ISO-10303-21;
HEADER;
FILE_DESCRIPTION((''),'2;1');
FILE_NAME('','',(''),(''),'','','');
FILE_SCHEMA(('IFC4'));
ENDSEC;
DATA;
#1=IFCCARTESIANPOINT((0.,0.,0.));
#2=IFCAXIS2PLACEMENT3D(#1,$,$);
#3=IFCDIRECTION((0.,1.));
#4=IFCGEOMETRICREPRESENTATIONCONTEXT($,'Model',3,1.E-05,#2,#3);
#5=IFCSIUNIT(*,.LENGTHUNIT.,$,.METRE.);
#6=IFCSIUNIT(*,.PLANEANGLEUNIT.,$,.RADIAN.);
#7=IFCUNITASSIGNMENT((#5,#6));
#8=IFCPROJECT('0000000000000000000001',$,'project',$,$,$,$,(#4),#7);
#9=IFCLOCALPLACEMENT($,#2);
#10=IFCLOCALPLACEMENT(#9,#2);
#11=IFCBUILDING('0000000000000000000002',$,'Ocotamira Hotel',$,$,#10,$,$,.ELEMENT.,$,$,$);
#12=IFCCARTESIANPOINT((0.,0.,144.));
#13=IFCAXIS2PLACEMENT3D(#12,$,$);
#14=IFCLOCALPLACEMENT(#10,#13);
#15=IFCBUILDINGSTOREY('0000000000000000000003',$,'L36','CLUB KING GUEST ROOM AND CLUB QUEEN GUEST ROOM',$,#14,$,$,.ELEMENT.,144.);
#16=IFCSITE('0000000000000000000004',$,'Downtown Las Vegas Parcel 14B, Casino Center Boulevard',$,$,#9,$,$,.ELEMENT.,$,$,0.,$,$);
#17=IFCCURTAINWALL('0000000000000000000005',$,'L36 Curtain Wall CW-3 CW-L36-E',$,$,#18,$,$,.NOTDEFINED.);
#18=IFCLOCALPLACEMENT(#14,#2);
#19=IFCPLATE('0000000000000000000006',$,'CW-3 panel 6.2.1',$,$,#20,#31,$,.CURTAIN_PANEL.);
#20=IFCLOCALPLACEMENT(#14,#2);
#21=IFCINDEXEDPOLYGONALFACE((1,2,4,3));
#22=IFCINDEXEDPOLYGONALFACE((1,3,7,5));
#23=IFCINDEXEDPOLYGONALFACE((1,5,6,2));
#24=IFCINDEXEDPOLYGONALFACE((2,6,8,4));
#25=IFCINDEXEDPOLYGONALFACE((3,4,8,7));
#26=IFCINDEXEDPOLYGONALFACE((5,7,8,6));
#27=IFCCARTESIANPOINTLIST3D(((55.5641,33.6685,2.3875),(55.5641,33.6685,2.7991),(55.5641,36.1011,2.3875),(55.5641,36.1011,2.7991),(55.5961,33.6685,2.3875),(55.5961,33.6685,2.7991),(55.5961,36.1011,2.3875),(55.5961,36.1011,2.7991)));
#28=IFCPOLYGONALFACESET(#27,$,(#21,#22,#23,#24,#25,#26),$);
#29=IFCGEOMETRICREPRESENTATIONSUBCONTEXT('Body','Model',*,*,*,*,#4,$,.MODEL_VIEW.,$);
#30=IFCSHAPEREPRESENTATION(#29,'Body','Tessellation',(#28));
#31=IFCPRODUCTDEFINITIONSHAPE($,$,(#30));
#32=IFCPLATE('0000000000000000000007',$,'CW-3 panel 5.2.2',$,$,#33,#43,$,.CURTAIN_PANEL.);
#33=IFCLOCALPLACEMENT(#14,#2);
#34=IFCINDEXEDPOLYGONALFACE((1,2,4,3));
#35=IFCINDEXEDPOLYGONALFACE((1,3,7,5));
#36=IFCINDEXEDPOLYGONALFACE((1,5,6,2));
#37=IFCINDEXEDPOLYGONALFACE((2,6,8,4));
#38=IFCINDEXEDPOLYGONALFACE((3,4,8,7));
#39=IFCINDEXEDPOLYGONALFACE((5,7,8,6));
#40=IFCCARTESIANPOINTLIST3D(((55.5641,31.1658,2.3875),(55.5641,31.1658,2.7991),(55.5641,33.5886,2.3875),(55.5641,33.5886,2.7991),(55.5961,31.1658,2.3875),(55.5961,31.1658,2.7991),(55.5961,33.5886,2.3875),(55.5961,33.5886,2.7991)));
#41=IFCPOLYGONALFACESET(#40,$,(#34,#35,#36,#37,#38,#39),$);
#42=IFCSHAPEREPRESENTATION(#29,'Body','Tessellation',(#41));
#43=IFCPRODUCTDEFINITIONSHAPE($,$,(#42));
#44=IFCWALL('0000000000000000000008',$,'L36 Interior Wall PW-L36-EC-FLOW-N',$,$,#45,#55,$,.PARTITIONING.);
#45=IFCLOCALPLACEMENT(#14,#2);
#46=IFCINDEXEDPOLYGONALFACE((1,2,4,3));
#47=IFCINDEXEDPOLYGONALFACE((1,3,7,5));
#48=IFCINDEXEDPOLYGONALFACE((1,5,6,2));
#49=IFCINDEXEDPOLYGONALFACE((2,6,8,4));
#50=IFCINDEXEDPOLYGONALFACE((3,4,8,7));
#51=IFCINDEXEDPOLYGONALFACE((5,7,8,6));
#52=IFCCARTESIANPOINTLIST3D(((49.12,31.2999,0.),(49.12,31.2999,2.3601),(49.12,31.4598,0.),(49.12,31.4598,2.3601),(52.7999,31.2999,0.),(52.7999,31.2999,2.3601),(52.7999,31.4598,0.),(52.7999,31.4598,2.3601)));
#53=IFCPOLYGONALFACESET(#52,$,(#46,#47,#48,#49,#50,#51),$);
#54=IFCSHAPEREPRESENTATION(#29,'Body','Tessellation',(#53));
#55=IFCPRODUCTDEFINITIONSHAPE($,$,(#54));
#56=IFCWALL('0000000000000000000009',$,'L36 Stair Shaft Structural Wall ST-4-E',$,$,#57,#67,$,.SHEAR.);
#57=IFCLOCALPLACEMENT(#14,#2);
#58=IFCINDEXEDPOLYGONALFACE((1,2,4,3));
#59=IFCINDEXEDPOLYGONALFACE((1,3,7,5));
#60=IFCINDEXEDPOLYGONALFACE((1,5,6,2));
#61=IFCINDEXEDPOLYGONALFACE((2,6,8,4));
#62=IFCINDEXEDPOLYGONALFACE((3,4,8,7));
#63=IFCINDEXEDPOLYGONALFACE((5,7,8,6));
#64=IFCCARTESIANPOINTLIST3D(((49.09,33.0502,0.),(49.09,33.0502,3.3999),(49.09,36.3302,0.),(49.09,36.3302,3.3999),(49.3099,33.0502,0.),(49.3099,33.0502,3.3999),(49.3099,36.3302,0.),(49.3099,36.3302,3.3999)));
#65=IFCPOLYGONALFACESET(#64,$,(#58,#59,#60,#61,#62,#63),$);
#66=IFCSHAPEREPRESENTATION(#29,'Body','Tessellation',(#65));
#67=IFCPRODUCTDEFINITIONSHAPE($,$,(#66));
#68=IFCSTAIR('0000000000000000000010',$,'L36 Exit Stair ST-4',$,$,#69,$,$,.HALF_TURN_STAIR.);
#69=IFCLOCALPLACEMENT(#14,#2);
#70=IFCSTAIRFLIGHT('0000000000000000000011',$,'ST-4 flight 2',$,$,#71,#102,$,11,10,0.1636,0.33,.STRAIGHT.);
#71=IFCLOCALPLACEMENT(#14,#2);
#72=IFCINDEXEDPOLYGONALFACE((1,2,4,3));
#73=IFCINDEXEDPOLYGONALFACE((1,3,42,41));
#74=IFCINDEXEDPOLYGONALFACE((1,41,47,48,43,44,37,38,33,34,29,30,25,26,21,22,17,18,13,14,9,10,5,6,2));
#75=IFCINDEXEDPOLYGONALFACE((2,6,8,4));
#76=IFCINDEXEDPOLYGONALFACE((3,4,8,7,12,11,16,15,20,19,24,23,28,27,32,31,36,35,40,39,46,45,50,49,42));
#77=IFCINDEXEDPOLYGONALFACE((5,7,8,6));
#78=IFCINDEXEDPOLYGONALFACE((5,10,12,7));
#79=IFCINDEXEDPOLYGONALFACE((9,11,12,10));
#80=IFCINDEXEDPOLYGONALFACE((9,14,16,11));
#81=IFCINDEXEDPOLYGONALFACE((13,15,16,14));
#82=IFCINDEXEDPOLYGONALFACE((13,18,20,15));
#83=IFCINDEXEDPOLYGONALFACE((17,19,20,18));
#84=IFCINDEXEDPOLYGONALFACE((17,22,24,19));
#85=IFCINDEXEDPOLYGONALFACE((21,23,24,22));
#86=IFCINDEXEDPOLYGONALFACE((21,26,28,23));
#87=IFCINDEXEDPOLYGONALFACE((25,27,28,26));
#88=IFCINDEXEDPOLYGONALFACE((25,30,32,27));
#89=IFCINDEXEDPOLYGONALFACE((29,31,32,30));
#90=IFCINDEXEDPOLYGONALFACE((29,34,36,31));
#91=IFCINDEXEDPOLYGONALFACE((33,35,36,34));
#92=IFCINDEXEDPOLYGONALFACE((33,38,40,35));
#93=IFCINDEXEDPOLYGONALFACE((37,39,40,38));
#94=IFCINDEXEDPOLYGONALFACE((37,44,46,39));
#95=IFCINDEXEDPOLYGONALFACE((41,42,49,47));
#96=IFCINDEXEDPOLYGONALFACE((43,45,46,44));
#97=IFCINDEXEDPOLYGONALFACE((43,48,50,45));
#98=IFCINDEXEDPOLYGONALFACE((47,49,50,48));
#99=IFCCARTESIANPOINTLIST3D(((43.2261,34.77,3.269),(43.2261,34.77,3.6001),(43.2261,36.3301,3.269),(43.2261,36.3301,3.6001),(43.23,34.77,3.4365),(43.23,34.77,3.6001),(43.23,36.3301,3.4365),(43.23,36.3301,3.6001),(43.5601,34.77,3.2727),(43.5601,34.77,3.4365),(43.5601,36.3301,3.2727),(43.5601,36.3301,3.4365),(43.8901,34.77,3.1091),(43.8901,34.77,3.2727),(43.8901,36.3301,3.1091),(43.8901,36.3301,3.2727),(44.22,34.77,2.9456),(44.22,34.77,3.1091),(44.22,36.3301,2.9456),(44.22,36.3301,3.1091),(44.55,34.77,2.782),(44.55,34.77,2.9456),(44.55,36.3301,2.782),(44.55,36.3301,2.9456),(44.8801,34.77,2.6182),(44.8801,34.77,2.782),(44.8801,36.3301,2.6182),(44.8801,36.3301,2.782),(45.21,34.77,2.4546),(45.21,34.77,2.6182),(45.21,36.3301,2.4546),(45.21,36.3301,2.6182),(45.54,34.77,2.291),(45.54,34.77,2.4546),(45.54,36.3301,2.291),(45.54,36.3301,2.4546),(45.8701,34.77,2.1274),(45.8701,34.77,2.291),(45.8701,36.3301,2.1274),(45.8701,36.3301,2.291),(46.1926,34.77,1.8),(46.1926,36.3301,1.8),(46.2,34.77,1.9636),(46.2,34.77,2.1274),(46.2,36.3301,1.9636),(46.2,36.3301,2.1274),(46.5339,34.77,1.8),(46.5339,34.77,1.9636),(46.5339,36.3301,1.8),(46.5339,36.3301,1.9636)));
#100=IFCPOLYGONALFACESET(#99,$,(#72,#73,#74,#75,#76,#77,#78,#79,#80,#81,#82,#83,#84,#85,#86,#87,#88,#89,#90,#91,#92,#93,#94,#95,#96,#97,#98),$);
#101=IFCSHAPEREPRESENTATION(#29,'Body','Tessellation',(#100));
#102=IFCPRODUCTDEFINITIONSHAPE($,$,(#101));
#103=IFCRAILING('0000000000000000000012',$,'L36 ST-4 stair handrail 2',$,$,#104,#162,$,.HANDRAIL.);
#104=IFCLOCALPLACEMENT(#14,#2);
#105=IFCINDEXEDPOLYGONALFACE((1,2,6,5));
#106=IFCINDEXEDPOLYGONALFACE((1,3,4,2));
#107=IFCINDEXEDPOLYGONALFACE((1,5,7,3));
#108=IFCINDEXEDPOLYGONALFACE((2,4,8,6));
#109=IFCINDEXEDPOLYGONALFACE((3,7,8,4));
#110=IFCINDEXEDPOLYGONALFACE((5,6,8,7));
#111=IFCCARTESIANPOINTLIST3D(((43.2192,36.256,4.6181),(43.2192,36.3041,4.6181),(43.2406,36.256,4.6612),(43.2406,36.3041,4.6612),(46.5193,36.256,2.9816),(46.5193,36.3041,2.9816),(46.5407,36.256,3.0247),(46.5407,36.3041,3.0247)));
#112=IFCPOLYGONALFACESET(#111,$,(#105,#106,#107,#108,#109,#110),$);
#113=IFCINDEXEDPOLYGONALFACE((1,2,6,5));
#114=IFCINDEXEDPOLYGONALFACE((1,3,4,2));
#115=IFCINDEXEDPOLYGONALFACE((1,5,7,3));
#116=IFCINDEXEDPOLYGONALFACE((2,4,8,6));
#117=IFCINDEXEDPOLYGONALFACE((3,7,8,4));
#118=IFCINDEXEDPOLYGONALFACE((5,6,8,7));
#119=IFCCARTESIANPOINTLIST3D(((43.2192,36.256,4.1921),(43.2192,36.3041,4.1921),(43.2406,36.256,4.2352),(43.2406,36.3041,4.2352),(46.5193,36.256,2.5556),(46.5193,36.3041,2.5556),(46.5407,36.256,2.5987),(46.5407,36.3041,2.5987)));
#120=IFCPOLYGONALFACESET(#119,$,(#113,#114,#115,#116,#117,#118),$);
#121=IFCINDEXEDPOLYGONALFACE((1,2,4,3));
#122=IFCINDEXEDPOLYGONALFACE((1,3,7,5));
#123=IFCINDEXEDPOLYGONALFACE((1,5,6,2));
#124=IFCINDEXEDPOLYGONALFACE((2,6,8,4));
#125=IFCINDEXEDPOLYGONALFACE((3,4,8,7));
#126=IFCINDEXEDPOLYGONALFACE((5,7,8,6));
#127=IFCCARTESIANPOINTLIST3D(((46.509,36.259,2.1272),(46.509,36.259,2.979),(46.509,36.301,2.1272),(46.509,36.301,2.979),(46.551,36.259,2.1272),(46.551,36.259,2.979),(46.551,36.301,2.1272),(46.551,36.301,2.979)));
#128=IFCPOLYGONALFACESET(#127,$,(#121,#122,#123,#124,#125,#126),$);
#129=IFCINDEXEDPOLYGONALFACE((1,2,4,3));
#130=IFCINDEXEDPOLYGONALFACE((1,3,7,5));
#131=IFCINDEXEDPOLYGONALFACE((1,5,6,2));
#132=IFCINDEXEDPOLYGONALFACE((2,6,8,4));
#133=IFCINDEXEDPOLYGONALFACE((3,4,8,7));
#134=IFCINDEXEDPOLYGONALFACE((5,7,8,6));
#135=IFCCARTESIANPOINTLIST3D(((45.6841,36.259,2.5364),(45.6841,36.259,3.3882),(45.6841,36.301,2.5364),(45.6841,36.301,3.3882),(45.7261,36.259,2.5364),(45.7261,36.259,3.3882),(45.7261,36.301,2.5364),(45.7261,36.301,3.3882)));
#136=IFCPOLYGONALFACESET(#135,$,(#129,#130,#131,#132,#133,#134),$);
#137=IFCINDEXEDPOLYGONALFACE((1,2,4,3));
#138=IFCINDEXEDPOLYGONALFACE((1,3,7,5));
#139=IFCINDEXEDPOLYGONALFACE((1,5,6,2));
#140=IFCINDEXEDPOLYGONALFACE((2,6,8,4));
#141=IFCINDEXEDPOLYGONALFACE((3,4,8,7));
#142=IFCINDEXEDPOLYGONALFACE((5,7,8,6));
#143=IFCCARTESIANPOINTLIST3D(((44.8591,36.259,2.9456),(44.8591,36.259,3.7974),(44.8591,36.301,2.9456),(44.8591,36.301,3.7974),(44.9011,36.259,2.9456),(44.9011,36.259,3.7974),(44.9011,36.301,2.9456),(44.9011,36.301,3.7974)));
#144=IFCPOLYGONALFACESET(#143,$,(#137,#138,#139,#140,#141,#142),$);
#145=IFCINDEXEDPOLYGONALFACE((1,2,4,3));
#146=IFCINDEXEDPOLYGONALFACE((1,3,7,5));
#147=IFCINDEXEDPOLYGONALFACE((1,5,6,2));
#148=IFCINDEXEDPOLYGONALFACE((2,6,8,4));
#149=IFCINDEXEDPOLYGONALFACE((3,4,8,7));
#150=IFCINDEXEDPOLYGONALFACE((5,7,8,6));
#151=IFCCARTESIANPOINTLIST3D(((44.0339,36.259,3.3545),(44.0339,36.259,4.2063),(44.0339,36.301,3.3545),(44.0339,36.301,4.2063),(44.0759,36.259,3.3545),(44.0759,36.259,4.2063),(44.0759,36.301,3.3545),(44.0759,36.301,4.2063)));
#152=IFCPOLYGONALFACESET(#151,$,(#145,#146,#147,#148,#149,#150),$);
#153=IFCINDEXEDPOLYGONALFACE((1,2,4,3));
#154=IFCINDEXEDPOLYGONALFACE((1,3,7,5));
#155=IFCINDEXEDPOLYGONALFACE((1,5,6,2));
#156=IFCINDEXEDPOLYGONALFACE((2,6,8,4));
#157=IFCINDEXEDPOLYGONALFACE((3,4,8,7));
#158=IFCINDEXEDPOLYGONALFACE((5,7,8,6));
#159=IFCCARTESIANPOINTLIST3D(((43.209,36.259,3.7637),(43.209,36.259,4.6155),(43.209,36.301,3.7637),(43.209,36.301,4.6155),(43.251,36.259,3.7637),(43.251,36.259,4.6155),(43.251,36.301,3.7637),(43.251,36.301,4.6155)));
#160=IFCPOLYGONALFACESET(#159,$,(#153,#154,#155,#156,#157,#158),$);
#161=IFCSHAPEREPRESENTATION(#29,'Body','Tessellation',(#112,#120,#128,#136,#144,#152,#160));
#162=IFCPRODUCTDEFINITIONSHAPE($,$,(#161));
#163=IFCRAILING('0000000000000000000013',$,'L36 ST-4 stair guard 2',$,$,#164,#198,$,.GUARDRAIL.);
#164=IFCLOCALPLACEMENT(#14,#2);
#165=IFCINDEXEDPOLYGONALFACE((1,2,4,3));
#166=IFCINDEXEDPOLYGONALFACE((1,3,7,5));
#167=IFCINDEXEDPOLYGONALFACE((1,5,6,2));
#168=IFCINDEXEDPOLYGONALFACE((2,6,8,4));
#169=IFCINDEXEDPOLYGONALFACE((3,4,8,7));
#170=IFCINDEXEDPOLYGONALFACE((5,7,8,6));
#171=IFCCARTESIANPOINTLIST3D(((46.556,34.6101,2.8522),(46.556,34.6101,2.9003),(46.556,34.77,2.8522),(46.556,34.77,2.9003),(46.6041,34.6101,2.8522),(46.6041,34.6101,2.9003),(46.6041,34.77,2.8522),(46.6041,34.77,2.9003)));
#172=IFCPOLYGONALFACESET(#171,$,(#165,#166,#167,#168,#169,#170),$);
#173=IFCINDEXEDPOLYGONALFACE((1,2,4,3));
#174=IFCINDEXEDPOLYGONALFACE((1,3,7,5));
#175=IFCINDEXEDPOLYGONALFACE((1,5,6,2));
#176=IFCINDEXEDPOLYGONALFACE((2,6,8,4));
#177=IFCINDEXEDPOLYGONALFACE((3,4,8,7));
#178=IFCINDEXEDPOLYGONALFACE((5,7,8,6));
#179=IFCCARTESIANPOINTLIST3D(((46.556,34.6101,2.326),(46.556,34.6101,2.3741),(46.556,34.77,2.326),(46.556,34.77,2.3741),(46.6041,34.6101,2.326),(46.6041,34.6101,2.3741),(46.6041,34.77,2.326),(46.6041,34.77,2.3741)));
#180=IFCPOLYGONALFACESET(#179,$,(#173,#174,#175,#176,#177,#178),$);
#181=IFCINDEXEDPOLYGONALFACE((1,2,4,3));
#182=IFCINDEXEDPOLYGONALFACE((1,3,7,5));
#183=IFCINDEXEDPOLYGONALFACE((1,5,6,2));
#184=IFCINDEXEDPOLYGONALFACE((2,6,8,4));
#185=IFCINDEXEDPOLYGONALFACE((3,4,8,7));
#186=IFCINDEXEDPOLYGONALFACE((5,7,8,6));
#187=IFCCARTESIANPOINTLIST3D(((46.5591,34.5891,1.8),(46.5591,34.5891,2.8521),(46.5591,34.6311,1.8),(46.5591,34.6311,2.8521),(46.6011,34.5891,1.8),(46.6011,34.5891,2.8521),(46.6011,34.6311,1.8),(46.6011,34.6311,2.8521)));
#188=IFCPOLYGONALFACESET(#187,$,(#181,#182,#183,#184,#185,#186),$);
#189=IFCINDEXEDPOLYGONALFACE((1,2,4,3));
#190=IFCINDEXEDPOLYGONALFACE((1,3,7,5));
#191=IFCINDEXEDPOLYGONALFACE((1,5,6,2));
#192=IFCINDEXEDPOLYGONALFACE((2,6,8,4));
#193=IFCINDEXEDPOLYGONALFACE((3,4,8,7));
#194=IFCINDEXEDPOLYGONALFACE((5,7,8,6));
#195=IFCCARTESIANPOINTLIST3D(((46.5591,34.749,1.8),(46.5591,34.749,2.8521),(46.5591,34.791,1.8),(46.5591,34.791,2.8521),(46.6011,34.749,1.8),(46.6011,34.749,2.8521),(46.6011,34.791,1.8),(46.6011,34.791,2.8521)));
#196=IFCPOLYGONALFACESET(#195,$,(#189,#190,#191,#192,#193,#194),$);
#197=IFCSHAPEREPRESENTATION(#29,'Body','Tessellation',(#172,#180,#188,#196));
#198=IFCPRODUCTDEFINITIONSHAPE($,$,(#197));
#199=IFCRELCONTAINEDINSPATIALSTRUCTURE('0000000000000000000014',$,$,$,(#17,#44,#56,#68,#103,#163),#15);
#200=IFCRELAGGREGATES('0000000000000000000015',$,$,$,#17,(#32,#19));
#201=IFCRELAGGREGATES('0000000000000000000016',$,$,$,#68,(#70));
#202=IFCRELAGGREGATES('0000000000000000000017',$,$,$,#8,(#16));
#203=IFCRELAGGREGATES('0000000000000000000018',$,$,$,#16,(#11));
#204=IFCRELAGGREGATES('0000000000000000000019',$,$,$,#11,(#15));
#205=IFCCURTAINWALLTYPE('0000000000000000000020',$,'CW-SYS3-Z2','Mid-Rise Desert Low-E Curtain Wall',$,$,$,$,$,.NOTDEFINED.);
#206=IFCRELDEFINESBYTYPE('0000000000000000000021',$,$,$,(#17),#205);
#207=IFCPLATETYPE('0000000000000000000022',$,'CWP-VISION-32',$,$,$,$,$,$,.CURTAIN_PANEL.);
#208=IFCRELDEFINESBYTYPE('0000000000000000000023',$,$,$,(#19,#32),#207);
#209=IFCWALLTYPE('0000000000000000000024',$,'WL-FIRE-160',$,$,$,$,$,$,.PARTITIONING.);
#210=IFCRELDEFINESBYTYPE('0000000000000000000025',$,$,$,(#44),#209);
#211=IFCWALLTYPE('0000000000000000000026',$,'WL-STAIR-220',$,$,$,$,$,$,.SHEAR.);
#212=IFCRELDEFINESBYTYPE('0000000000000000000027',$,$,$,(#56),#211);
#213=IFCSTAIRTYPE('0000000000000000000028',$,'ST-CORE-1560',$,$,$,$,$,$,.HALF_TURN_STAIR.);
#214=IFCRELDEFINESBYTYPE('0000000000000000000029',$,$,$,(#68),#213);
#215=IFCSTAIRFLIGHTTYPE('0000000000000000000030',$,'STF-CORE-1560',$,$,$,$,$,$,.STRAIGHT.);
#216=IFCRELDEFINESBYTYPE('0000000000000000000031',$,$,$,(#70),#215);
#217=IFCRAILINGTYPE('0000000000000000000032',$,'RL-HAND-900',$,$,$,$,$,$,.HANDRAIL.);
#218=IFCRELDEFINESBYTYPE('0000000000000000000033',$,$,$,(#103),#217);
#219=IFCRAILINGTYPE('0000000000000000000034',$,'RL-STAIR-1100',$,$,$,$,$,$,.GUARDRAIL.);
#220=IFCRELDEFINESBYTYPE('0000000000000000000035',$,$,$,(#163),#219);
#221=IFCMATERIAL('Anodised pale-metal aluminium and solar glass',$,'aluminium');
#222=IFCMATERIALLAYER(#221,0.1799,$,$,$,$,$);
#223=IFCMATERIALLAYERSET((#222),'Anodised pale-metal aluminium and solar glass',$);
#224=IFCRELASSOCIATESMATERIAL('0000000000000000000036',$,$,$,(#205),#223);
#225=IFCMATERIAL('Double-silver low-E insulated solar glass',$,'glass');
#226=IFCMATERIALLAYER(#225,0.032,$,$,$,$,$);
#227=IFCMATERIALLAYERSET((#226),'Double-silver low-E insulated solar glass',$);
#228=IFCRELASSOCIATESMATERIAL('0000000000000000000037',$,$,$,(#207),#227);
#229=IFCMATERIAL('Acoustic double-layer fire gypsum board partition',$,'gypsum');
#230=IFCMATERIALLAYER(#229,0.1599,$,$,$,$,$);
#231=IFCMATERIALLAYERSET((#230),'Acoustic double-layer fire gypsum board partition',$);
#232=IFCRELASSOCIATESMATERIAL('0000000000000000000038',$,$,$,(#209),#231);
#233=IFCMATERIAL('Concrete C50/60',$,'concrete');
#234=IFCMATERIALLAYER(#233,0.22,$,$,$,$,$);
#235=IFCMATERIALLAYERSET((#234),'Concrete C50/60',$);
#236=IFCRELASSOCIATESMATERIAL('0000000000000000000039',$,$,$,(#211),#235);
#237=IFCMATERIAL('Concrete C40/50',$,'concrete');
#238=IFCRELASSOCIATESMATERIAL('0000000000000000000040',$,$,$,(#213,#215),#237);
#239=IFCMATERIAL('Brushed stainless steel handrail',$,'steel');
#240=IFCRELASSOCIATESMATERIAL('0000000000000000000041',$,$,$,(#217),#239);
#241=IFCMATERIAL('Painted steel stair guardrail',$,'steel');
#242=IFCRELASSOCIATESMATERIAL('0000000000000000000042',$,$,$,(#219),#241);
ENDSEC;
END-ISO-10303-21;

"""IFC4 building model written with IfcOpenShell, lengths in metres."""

from ifc_helpers import new_model, si_unit, direction, frame, frame_2d, origin, origin_2d, place, context, subcontext, project, spatial, polyline, rectangle, outline, extrude, source, transform, mapped, material, layer, layer_set, type_object, element, aggregate, save


model = new_model("IFC4")

# Units and contexts
model_context = context("Model", 3, precision=1e-05, world=origin(), true_north=direction((0.0, 1.0)))
body_context = subcontext(model_context, "Body", "Model", "MODEL_VIEW")
ifc_project = project(units=[si_unit("LENGTHUNIT", "METRE"), si_unit("PLANEANGLEUNIT", "RADIAN")], contexts=[model_context])

# Site, building, storey
site_placement = place(None, origin())
site = spatial("IfcSite", under=ifc_project, at=site_placement, Name="Downtown Las Vegas Parcel 14B, Casino Center Boulevard", CompositionType="ELEMENT", RefElevation=0.0)
building_placement = place(site_placement, origin())
building = spatial("IfcBuilding", under=site, at=building_placement, Name="Ocotamira Hotel", CompositionType="ELEMENT")
storey_placement = place(building_placement, frame((0.0, 0.0, 144.0)))
storey = spatial("IfcBuildingStorey", under=building, at=storey_placement, Name="L36", Description="CLUB KING GUEST ROOM AND CLUB QUEEN GUEST ROOM", CompositionType="ELEMENT", Elevation=144.0)

# Curtain wall
ifc_material_1 = material(Name="Anodised pale-metal aluminium and solar glass", Category="aluminium")
ifc_layer_1 = layer(ifc_material_1, 0.1799)
ifc_layer_set_1 = layer_set([ifc_layer_1], Name="Anodised pale-metal aluminium and solar glass")
curtain_wall_type = type_object("IfcCurtainWallType", Name="CW-SYS3-Z2", Description="Mid-Rise Desert Low-E Curtain Wall", PredefinedType="NOTDEFINED", material=ifc_layer_set_1)
curtain_wall_placement = place(storey_placement, origin())
curtain_wall = element("IfcCurtainWall", 1, at=curtain_wall_placement, inside=storey, type_object=curtain_wall_type, Name="L36 Curtain Wall CW-3 CW-L36-E", PredefinedType="NOTDEFINED")

# Plates
ifc_material_2 = material(Name="Double-silver low-E insulated solar glass", Category="glass")
ifc_layer_2 = layer(ifc_material_2, 0.032)
ifc_layer_set_2 = layer_set([ifc_layer_2], Name="Double-silver low-E insulated solar glass")
plate_type_1 = type_object("IfcPlateType", Name="CWP-VISION-32", PredefinedType="CURTAIN_PANEL", material=ifc_layer_set_2)
shared_shape_1 = source(origin(), body_context, "Body", "SweptSolid", [
    extrude(rectangle(XDim=2.4326, YDim=0.032, at=origin_2d()), origin(), (0.0, 0.0, 1.0), 0.4116),
])
plate_1_placement = place(storey_placement, frame((55.5801, 34.8848, 2.3875), z_axis=(0.0, 0.0, 1.0), x_axis=(0.0, 1.0, 0.0)))
plate_1 = element("IfcPlate", 2, at=plate_1_placement, type_object=plate_type_1, Name="CW-3 panel 6.2.1", PredefinedType="CURTAIN_PANEL", context=body_context, shape_type="MappedRepresentation", body=[
    mapped(shared_shape_1, transform((0.0, 0.0, 0.0), scale=1.0)),
])
shared_shape_2 = source(origin(), body_context, "Body", "SweptSolid", [
    extrude(rectangle(XDim=2.4229, YDim=0.032, at=origin_2d()), origin(), (0.0, 0.0, 1.0), 0.4116),
])
plate_2_placement = place(storey_placement, frame((55.5801, 32.3772, 2.3875), z_axis=(0.0, 0.0, 1.0), x_axis=(0.0, 1.0, 0.0)))
plate_2 = element("IfcPlate", 3, at=plate_2_placement, type_object=plate_type_1, Name="CW-3 panel 5.2.2", PredefinedType="CURTAIN_PANEL", context=body_context, shape_type="MappedRepresentation", body=[
    mapped(shared_shape_2, transform((0.0, 0.0, 0.0), scale=1.0)),
])
aggregate(curtain_wall, [plate_2, plate_1])

# Wall
ifc_material_3 = material(Name="Acoustic double-layer fire gypsum board partition", Category="gypsum")
ifc_layer_3 = layer(ifc_material_3, 0.1599)
ifc_layer_set_3 = layer_set([ifc_layer_3], Name="Acoustic double-layer fire gypsum board partition")
wall_type_1 = type_object("IfcWallType", Name="WL-FIRE-160", PredefinedType="PARTITIONING", material=ifc_layer_set_3)
wall_1_placement = place(storey_placement, frame((49.1201, 31.3799, 0.0), z_axis=(0.0, 0.0, 1.0), x_axis=(1.0, 0.0, 0.0)))
element("IfcWall", 4, at=wall_1_placement, inside=storey, type_object=wall_type_1, Name="L36 Interior Wall PW-L36-EC-FLOW-N", PredefinedType="PARTITIONING", context=body_context, shape_type="SweptSolid", body=[
    extrude(rectangle(XDim=3.6799, YDim=0.1599, at=frame_2d((1.8398, 0.0))), origin(), (0.0, 0.0, 1.0), 2.3601),
])

# Wall
ifc_material_4 = material(Name="Concrete C50/60", Category="concrete")
ifc_layer_4 = layer(ifc_material_4, 0.22)
ifc_layer_set_4 = layer_set([ifc_layer_4], Name="Concrete C50/60")
wall_type_2 = type_object("IfcWallType", Name="WL-STAIR-220", PredefinedType="SHEAR", material=ifc_layer_set_4)
wall_2_placement = place(storey_placement, frame((49.2, 33.05, 0.0), z_axis=(0.0, 0.0, 1.0), x_axis=(0.0, 1.0, 0.0)))
element("IfcWall", 5, at=wall_2_placement, inside=storey, type_object=wall_type_2, Name="L36 Stair Shaft Structural Wall ST-4-E", PredefinedType="SHEAR", context=body_context, shape_type="SweptSolid", body=[
    extrude(rectangle(XDim=3.28, YDim=0.22, at=frame_2d((1.6401, 0.0))), origin(), (0.0, 0.0, 1.0), 3.3999),
])

# Stair, stair flight
ifc_material_5 = material(Name="Concrete C40/50", Category="concrete")
stair_type = type_object("IfcStairType", Name="ST-CORE-1560", PredefinedType="HALF_TURN_STAIR", material=ifc_material_5)
stair_placement = place(storey_placement, origin())
stair = element("IfcStair", 6, at=stair_placement, inside=storey, type_object=stair_type, Name="L36 Exit Stair ST-4", PredefinedType="HALF_TURN_STAIR")
stair_flight_type = type_object("IfcStairFlightType", Name="STF-CORE-1560", PredefinedType="STRAIGHT", material=ifc_material_5)
shared_shape_3 = source(origin(), body_context, "Body", "SweptSolid", [
    extrude(outline(polyline([(-0.0039, 0.0), (-0.0039, 0.1636), (0.3301, 0.1636), (0.3301, 0.3274), (0.6599, 0.3274), (0.6599, 0.491), (0.99, 0.491), (0.99, 0.6545), (1.3201, 0.6545), (1.3201, 0.8181), (1.6499, 0.8181), (1.6499, 0.9819), (1.98, 0.9819), (1.98, 1.1455), (2.3101, 1.1455), (2.3101, 1.3091), (2.6399, 1.3091), (2.6399, 1.4727), (2.97, 1.4727), (2.97, 1.6365), (3.3, 1.6365), (3.3, 1.8), (3.304, 1.8), (3.304, 1.469), (0.3374, 0.0), (-0.0039, 0.0)])), frame((0.0, 0.78, 0.0), z_axis=(0.0, -1.0, 0.0), x_axis=(1.0, 0.0, 0.0)), (0.0, 0.0, 1.0), 1.5601),
])
stair_flight_placement = place(storey_placement, frame((46.53, 35.55, 1.8), z_axis=(0.0, 0.0, 1.0), x_axis=(-1.0, 0.0, 0.0)))
stair_flight = element("IfcStairFlight", 7, at=stair_flight_placement, type_object=stair_flight_type, Name="ST-4 flight 2", NumberOfRisers=11, NumberOfTreads=10, PredefinedType="STRAIGHT", RiserHeight=0.1636, TreadLength=0.33, context=body_context, shape_type="MappedRepresentation", body=[
    mapped(shared_shape_3, transform((0.0, 0.0, 0.0), scale=1.0)),
])
aggregate(stair, [stair_flight])

# Railings
ifc_material_6 = material(Name="Brushed stainless steel handrail", Category="steel")
railing_type_1 = type_object("IfcRailingType", Name="RL-HAND-900", PredefinedType="HANDRAIL", material=ifc_material_6)
railing_1_placement = place(storey_placement, frame((46.53, 36.28, 2.1272)))
element("IfcRailing", 8, at=railing_1_placement, inside=storey, type_object=railing_type_1, Name="L36 ST-4 stair handrail 2", PredefinedType="HANDRAIL", context=body_context, shape_type="SweptSolid", body=[
    extrude(rectangle(XDim=0.0481, YDim=0.0481, at=origin_2d()), frame((0.0, 0.0, 0.876), z_axis=(-0.895894, 0.0, 0.444268), x_axis=(0.0, -1.0, 0.0)), (0.0, 0.0, 1.0), 3.6836),
    extrude(rectangle(XDim=0.0481, YDim=0.0481, at=origin_2d()), frame((0.0, 0.0, 0.45), z_axis=(-0.895894, 0.0, 0.444268), x_axis=(0.0, -1.0, 0.0)), (0.0, 0.0, 1.0), 3.6836),
    extrude(rectangle(XDim=0.042, YDim=0.042, at=origin_2d()), origin(), (0.0, 0.0, 1.0), 0.8518),
    extrude(rectangle(XDim=0.042, YDim=0.042, at=origin_2d()), frame((-0.825, 0.0, 0.4092)), (0.0, 0.0, 1.0), 0.8518),
    extrude(rectangle(XDim=0.042, YDim=0.042, at=origin_2d()), frame((-1.6499, 0.0, 0.8184)), (0.0, 0.0, 1.0), 0.8518),
    extrude(rectangle(XDim=0.042, YDim=0.042, at=origin_2d()), frame((-2.4751, 0.0, 1.2273)), (0.0, 0.0, 1.0), 0.8518),
    extrude(rectangle(XDim=0.042, YDim=0.042, at=origin_2d()), frame((-3.3, 0.0, 1.6365)), (0.0, 0.0, 1.0), 0.8518),
])
ifc_material_7 = material(Name="Painted steel stair guardrail", Category="steel")
railing_type_2 = type_object("IfcRailingType", Name="RL-STAIR-1100", PredefinedType="GUARDRAIL", material=ifc_material_7)
railing_2_placement = place(storey_placement, frame((46.5801, 34.6101, 1.8)))
element("IfcRailing", 9, at=railing_2_placement, inside=storey, type_object=railing_type_2, Name="L36 ST-4 stair guard 2", PredefinedType="GUARDRAIL", context=body_context, shape_type="SweptSolid", body=[
    extrude(rectangle(XDim=0.0481, YDim=0.0481, at=origin_2d()), frame((0.0, 0.0, 1.0762), z_axis=(0.0, 1.0, 0.0), x_axis=(-1.0, 0.0, 0.0)), (0.0, 0.0, 1.0), 0.1599),
    extrude(rectangle(XDim=0.0481, YDim=0.0481, at=origin_2d()), frame((0.0, 0.0, 0.55), z_axis=(0.0, 1.0, 0.0), x_axis=(-1.0, 0.0, 0.0)), (0.0, 0.0, 1.0), 0.1599),
    extrude(rectangle(XDim=0.042, YDim=0.042, at=origin_2d()), origin(), (0.0, 0.0, 1.0), 1.052),
    extrude(rectangle(XDim=0.042, YDim=0.042, at=origin_2d()), frame((0.0, 0.1599, 0.0)), (0.0, 0.0, 1.0), 1.052),
])

save(model, "model.ifc")
